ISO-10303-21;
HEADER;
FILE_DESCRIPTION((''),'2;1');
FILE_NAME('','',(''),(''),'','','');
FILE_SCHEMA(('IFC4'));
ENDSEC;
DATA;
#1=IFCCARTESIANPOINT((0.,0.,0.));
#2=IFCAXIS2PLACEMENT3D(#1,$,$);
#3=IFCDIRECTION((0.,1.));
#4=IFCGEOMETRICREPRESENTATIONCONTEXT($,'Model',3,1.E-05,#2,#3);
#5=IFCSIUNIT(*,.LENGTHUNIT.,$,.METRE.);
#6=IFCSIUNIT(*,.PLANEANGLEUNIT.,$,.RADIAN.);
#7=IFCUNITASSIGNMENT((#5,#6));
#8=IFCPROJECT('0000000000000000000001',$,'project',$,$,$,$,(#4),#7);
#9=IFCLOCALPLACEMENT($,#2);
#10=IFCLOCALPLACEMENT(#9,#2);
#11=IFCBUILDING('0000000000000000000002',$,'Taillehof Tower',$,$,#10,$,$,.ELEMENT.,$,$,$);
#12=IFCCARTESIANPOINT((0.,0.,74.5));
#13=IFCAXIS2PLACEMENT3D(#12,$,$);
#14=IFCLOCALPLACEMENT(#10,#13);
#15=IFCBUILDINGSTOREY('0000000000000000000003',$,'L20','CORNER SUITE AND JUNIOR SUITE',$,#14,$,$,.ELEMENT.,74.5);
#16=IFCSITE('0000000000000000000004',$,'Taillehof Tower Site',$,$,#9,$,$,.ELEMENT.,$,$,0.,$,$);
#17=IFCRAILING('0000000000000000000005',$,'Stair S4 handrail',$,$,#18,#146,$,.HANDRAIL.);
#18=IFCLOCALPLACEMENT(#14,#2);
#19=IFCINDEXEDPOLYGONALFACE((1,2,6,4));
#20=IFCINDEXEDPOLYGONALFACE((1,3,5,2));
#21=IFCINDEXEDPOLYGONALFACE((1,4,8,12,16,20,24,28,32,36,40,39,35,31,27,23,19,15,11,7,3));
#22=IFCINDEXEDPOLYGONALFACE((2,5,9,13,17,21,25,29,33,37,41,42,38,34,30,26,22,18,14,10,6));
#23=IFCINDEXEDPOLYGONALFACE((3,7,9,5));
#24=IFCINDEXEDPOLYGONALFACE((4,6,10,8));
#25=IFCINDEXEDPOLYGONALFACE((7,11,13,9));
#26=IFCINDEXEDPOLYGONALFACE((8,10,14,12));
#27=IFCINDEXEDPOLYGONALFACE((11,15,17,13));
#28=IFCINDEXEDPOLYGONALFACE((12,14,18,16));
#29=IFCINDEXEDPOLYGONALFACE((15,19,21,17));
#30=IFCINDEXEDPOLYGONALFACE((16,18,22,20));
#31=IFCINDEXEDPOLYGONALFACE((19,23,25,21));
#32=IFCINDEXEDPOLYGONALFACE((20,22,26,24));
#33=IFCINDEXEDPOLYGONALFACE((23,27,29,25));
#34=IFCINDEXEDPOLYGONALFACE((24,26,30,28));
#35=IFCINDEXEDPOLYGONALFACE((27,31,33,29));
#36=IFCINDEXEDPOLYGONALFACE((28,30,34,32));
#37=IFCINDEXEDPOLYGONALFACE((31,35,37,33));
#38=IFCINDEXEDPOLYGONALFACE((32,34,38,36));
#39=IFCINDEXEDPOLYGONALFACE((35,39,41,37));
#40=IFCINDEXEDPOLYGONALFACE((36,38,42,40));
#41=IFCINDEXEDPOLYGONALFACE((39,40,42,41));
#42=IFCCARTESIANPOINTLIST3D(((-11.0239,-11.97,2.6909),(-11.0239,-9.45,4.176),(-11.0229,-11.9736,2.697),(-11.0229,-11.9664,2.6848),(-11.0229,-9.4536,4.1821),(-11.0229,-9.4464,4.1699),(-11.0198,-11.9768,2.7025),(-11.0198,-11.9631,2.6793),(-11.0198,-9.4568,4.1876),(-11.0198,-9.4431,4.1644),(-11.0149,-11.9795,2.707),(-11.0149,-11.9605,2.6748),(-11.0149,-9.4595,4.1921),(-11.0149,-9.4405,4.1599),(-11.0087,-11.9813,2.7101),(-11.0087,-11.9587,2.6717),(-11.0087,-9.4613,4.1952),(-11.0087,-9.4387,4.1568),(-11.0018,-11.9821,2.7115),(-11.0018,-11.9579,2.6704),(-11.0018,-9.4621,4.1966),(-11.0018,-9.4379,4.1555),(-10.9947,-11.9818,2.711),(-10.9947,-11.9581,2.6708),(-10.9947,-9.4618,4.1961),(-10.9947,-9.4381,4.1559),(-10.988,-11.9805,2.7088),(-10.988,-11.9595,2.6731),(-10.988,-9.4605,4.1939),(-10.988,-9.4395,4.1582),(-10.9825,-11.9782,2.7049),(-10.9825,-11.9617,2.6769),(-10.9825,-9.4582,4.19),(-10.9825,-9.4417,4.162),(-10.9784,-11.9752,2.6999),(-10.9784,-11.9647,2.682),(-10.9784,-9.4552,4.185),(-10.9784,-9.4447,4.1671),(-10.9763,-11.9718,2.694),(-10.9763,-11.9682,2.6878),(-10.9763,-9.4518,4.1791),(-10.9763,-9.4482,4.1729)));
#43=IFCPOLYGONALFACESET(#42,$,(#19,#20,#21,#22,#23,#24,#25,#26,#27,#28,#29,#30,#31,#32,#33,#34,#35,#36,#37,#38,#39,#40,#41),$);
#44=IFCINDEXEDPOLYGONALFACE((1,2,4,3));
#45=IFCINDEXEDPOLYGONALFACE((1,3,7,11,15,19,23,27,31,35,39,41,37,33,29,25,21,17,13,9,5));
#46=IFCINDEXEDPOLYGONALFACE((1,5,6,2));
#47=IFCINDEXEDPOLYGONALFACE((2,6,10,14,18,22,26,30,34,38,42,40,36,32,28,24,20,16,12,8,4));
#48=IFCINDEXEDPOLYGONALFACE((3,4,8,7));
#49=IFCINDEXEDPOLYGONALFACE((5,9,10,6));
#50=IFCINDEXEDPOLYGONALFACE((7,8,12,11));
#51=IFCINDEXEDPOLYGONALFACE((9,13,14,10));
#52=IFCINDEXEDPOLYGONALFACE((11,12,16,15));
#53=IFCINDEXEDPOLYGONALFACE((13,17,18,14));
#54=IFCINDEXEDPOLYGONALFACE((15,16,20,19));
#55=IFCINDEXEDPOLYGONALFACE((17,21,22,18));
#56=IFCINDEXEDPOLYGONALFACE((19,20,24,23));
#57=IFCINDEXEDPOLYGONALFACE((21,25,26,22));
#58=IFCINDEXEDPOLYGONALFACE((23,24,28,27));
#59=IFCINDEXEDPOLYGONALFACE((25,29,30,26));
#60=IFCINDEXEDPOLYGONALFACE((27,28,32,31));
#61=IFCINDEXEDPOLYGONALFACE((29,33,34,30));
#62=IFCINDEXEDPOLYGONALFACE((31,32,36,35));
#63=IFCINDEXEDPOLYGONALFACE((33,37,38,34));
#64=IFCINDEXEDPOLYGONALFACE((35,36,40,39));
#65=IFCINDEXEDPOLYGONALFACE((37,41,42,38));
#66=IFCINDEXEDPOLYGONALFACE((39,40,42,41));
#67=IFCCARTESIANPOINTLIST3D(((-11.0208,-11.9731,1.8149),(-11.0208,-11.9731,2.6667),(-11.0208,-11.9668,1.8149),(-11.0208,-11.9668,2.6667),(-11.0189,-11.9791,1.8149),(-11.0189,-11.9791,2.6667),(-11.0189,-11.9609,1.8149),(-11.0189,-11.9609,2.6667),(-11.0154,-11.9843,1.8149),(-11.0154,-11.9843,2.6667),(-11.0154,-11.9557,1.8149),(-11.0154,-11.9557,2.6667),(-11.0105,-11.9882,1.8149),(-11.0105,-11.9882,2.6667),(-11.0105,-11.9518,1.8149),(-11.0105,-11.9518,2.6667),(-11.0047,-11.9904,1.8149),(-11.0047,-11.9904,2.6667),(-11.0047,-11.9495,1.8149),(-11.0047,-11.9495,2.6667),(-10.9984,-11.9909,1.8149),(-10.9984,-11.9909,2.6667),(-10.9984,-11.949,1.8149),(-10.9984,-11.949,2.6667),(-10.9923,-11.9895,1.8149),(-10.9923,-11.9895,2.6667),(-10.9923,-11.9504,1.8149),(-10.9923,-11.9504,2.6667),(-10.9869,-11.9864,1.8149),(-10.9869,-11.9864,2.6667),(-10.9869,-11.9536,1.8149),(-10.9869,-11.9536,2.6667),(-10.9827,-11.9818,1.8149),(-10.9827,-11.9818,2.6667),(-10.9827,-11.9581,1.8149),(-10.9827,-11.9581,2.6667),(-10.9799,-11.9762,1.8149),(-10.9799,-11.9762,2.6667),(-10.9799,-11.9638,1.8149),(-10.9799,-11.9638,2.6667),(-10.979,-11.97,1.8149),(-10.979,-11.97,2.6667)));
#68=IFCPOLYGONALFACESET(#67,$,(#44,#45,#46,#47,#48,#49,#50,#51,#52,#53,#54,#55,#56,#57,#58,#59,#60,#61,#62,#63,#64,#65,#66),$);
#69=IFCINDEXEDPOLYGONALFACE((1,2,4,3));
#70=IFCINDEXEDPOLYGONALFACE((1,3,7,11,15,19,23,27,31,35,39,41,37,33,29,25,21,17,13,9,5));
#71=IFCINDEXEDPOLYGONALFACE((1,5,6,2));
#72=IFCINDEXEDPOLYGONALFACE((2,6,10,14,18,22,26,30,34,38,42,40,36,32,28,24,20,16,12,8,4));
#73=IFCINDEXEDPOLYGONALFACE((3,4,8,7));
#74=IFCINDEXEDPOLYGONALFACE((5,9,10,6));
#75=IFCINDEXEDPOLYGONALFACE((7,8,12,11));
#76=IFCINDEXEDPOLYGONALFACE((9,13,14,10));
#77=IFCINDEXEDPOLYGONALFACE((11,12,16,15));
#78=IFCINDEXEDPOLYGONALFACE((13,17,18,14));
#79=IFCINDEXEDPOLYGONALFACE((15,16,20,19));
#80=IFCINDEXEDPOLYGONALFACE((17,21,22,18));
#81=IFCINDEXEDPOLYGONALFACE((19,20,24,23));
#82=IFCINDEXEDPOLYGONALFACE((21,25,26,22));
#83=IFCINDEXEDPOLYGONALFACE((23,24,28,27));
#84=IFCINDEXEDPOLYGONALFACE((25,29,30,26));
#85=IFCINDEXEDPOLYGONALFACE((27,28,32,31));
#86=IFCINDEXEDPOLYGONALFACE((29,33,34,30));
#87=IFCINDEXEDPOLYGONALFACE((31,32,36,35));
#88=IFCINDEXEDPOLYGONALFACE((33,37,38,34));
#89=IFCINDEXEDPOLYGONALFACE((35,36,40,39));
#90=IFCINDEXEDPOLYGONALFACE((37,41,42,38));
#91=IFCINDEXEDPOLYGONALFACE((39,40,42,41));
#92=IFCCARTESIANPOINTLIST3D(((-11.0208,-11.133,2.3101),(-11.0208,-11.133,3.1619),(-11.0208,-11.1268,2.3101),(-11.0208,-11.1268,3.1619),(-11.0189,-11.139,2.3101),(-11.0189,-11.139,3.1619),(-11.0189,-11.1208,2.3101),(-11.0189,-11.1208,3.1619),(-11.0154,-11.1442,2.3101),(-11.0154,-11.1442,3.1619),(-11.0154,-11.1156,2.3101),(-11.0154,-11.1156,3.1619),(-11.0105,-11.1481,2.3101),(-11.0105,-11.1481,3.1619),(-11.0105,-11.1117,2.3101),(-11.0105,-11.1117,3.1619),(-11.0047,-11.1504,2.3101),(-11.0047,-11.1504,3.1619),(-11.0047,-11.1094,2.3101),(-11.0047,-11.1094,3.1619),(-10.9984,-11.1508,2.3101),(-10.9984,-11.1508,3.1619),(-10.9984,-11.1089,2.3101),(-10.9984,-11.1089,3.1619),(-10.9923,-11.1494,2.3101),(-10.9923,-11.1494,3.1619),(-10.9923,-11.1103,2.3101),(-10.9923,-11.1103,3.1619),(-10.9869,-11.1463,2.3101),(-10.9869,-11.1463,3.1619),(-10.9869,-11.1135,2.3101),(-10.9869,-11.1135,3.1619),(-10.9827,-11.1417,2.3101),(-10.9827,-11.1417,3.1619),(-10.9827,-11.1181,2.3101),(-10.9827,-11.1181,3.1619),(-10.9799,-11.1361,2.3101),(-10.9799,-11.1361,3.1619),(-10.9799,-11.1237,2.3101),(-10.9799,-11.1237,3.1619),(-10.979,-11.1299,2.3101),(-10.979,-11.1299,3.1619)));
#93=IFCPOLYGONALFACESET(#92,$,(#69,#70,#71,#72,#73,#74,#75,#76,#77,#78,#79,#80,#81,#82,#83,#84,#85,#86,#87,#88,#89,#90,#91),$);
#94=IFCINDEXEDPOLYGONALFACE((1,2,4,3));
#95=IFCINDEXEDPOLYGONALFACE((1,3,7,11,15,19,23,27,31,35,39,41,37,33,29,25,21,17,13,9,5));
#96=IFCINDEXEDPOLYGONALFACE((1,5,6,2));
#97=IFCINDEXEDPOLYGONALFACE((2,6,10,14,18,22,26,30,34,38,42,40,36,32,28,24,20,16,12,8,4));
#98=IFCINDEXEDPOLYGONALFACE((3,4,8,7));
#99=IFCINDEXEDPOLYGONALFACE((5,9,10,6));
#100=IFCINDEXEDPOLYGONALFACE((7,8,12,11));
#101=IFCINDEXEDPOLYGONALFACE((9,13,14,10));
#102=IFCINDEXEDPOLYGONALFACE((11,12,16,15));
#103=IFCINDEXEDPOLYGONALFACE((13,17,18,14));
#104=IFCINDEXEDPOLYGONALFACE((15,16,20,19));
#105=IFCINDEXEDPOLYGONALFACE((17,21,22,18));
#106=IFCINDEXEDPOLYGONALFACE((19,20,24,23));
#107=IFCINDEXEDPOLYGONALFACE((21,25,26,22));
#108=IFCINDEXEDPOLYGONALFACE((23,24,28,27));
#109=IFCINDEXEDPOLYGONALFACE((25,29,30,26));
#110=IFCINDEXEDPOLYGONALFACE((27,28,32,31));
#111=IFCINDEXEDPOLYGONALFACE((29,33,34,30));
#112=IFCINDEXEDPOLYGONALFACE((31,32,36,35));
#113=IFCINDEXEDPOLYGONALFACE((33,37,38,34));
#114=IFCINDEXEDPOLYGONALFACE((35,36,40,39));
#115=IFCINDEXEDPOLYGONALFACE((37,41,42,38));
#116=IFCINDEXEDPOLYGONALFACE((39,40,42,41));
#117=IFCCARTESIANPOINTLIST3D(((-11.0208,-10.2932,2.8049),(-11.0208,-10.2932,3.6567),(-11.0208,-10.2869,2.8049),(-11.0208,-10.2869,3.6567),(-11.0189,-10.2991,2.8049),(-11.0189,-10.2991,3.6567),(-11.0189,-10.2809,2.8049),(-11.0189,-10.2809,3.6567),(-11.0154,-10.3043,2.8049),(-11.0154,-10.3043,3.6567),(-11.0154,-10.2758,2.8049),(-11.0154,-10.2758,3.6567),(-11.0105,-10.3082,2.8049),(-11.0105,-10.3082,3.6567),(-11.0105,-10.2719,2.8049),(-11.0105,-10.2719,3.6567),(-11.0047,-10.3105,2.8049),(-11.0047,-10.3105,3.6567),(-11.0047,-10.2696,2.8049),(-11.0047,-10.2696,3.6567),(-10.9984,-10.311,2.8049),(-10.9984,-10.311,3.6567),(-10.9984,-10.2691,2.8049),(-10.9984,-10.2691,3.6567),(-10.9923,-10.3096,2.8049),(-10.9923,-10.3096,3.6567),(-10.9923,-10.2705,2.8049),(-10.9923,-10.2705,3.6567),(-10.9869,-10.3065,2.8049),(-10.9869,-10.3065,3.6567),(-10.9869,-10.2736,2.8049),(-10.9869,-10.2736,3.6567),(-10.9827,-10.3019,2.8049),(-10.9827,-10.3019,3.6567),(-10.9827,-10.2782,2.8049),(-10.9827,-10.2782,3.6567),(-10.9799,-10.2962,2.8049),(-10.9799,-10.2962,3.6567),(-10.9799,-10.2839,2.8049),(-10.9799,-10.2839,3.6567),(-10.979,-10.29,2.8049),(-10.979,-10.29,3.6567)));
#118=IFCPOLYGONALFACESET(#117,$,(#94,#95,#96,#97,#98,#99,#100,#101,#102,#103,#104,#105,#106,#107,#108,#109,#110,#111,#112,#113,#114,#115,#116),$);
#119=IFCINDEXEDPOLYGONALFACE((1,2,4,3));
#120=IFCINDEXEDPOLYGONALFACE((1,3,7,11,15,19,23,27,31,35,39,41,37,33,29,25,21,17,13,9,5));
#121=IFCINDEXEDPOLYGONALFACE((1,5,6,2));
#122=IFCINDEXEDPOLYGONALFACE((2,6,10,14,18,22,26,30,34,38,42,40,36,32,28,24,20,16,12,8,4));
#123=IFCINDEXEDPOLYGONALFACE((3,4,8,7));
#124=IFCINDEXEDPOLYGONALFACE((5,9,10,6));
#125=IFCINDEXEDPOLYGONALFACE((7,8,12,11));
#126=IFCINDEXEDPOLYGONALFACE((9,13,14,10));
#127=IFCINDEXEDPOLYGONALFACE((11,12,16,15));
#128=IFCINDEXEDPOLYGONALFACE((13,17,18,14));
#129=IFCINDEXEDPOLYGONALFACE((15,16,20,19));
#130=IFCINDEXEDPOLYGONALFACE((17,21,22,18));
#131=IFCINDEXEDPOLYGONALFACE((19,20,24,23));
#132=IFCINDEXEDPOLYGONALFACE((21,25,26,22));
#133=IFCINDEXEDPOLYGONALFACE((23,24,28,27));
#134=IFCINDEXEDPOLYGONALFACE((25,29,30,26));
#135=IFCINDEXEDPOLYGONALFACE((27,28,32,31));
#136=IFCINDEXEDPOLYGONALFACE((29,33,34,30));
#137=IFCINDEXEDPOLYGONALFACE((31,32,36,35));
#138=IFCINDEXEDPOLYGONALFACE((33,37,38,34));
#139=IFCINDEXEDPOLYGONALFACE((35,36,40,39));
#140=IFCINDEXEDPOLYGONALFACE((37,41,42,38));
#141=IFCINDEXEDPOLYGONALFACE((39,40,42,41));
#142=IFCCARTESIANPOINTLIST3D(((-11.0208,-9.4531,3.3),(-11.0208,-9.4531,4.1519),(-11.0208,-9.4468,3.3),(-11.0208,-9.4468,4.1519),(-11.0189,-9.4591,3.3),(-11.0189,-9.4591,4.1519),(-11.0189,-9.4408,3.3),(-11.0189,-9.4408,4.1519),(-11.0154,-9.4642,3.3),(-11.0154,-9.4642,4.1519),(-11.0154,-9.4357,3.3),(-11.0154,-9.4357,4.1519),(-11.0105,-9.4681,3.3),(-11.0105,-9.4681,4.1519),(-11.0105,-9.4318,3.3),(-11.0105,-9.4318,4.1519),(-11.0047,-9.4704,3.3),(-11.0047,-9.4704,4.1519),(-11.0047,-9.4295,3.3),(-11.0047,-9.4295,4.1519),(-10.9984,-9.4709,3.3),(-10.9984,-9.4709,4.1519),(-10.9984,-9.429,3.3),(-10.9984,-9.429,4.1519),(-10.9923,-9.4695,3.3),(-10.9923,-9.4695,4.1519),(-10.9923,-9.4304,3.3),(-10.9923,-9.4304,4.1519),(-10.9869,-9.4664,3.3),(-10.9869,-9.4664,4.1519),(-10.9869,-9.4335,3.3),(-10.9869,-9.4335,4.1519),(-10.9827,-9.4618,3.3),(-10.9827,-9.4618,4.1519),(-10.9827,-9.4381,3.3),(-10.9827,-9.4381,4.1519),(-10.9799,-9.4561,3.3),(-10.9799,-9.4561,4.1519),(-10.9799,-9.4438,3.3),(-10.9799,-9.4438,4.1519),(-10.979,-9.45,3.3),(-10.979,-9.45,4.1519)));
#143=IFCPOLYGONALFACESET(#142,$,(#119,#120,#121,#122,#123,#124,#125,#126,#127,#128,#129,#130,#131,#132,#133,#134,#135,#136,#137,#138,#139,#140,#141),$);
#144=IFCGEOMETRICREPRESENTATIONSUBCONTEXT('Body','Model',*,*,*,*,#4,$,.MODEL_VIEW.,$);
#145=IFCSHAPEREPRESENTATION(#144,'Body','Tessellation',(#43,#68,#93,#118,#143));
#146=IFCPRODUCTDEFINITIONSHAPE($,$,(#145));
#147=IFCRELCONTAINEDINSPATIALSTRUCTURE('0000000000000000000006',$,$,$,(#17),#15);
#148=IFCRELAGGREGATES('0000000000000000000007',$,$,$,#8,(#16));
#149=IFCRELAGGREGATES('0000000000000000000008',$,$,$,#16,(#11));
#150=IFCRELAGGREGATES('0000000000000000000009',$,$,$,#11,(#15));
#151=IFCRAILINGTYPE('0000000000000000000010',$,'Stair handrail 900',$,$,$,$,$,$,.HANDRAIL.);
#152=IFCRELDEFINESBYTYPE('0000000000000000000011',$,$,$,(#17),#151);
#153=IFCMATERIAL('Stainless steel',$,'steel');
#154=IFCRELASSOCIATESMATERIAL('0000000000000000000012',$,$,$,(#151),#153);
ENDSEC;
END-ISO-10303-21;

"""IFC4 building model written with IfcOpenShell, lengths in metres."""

from ifc_helpers import new_model, si_unit, direction, frame, origin, origin_2d, place, context, subcontext, project, spatial, circle, extrude, material, type_object, element, save


model = new_model("IFC4")

# Units and contexts
model_context = context("Model", 3, precision=1e-05, world=origin(), true_north=direction((0.0, 1.0)))
body_context = subcontext(model_context, "Body", "Model", "MODEL_VIEW")
ifc_project = project(units=[si_unit("LENGTHUNIT", "METRE"), si_unit("PLANEANGLEUNIT", "RADIAN")], contexts=[model_context])

# Site, building, storey
site_placement = place(None, origin())
site = spatial("IfcSite", under=ifc_project, at=site_placement, Name="Taillehof Tower Site", CompositionType="ELEMENT", RefElevation=0.0)
building_placement = place(site_placement, origin())
building = spatial("IfcBuilding", under=site, at=building_placement, Name="Taillehof Tower", CompositionType="ELEMENT")
storey_placement = place(building_placement, frame((0.0, 0.0, 74.5)))
storey = spatial("IfcBuildingStorey", under=building, at=storey_placement, Name="L20", Description="CORNER SUITE AND JUNIOR SUITE", CompositionType="ELEMENT", Elevation=74.5)

# Railing
ifc_material_1 = material(Name="Stainless steel", Category="steel")
railing_type = type_object("IfcRailingType", Name="Stair handrail 900", PredefinedType="HANDRAIL", material=ifc_material_1)
railing_placement = place(storey_placement, frame((-11.0, -11.97, 1.8149)))
element("IfcRailing", 1, at=railing_placement, inside=storey, type_object=railing_type, Name="Stair S4 handrail", PredefinedType="HANDRAIL", context=body_context, shape_type="SweptSolid", body=[
    extrude(circle(Radius=0.0239, at=origin_2d()), frame((0.0, 0.0, 0.876), z_axis=(0.0, 0.861524, 0.507717), x_axis=(-1.0, 0.0, 0.0)), (0.0, 0.0, 1.0), 2.925),
    extrude(circle(Radius=0.021, at=origin_2d()), origin(), (0.0, 0.0, 1.0), 0.8518),
    extrude(circle(Radius=0.021, at=origin_2d()), frame((0.0, 0.8401, 0.4951)), (0.0, 0.0, 1.0), 0.8518),
    extrude(circle(Radius=0.021, at=origin_2d()), frame((0.0, 1.6799, 0.99)), (0.0, 0.0, 1.0), 0.8518),
    extrude(circle(Radius=0.021, at=origin_2d()), frame((0.0, 2.52, 1.4851)), (0.0, 0.0, 1.0), 0.8518),
])

save(model, "model.ifc")
